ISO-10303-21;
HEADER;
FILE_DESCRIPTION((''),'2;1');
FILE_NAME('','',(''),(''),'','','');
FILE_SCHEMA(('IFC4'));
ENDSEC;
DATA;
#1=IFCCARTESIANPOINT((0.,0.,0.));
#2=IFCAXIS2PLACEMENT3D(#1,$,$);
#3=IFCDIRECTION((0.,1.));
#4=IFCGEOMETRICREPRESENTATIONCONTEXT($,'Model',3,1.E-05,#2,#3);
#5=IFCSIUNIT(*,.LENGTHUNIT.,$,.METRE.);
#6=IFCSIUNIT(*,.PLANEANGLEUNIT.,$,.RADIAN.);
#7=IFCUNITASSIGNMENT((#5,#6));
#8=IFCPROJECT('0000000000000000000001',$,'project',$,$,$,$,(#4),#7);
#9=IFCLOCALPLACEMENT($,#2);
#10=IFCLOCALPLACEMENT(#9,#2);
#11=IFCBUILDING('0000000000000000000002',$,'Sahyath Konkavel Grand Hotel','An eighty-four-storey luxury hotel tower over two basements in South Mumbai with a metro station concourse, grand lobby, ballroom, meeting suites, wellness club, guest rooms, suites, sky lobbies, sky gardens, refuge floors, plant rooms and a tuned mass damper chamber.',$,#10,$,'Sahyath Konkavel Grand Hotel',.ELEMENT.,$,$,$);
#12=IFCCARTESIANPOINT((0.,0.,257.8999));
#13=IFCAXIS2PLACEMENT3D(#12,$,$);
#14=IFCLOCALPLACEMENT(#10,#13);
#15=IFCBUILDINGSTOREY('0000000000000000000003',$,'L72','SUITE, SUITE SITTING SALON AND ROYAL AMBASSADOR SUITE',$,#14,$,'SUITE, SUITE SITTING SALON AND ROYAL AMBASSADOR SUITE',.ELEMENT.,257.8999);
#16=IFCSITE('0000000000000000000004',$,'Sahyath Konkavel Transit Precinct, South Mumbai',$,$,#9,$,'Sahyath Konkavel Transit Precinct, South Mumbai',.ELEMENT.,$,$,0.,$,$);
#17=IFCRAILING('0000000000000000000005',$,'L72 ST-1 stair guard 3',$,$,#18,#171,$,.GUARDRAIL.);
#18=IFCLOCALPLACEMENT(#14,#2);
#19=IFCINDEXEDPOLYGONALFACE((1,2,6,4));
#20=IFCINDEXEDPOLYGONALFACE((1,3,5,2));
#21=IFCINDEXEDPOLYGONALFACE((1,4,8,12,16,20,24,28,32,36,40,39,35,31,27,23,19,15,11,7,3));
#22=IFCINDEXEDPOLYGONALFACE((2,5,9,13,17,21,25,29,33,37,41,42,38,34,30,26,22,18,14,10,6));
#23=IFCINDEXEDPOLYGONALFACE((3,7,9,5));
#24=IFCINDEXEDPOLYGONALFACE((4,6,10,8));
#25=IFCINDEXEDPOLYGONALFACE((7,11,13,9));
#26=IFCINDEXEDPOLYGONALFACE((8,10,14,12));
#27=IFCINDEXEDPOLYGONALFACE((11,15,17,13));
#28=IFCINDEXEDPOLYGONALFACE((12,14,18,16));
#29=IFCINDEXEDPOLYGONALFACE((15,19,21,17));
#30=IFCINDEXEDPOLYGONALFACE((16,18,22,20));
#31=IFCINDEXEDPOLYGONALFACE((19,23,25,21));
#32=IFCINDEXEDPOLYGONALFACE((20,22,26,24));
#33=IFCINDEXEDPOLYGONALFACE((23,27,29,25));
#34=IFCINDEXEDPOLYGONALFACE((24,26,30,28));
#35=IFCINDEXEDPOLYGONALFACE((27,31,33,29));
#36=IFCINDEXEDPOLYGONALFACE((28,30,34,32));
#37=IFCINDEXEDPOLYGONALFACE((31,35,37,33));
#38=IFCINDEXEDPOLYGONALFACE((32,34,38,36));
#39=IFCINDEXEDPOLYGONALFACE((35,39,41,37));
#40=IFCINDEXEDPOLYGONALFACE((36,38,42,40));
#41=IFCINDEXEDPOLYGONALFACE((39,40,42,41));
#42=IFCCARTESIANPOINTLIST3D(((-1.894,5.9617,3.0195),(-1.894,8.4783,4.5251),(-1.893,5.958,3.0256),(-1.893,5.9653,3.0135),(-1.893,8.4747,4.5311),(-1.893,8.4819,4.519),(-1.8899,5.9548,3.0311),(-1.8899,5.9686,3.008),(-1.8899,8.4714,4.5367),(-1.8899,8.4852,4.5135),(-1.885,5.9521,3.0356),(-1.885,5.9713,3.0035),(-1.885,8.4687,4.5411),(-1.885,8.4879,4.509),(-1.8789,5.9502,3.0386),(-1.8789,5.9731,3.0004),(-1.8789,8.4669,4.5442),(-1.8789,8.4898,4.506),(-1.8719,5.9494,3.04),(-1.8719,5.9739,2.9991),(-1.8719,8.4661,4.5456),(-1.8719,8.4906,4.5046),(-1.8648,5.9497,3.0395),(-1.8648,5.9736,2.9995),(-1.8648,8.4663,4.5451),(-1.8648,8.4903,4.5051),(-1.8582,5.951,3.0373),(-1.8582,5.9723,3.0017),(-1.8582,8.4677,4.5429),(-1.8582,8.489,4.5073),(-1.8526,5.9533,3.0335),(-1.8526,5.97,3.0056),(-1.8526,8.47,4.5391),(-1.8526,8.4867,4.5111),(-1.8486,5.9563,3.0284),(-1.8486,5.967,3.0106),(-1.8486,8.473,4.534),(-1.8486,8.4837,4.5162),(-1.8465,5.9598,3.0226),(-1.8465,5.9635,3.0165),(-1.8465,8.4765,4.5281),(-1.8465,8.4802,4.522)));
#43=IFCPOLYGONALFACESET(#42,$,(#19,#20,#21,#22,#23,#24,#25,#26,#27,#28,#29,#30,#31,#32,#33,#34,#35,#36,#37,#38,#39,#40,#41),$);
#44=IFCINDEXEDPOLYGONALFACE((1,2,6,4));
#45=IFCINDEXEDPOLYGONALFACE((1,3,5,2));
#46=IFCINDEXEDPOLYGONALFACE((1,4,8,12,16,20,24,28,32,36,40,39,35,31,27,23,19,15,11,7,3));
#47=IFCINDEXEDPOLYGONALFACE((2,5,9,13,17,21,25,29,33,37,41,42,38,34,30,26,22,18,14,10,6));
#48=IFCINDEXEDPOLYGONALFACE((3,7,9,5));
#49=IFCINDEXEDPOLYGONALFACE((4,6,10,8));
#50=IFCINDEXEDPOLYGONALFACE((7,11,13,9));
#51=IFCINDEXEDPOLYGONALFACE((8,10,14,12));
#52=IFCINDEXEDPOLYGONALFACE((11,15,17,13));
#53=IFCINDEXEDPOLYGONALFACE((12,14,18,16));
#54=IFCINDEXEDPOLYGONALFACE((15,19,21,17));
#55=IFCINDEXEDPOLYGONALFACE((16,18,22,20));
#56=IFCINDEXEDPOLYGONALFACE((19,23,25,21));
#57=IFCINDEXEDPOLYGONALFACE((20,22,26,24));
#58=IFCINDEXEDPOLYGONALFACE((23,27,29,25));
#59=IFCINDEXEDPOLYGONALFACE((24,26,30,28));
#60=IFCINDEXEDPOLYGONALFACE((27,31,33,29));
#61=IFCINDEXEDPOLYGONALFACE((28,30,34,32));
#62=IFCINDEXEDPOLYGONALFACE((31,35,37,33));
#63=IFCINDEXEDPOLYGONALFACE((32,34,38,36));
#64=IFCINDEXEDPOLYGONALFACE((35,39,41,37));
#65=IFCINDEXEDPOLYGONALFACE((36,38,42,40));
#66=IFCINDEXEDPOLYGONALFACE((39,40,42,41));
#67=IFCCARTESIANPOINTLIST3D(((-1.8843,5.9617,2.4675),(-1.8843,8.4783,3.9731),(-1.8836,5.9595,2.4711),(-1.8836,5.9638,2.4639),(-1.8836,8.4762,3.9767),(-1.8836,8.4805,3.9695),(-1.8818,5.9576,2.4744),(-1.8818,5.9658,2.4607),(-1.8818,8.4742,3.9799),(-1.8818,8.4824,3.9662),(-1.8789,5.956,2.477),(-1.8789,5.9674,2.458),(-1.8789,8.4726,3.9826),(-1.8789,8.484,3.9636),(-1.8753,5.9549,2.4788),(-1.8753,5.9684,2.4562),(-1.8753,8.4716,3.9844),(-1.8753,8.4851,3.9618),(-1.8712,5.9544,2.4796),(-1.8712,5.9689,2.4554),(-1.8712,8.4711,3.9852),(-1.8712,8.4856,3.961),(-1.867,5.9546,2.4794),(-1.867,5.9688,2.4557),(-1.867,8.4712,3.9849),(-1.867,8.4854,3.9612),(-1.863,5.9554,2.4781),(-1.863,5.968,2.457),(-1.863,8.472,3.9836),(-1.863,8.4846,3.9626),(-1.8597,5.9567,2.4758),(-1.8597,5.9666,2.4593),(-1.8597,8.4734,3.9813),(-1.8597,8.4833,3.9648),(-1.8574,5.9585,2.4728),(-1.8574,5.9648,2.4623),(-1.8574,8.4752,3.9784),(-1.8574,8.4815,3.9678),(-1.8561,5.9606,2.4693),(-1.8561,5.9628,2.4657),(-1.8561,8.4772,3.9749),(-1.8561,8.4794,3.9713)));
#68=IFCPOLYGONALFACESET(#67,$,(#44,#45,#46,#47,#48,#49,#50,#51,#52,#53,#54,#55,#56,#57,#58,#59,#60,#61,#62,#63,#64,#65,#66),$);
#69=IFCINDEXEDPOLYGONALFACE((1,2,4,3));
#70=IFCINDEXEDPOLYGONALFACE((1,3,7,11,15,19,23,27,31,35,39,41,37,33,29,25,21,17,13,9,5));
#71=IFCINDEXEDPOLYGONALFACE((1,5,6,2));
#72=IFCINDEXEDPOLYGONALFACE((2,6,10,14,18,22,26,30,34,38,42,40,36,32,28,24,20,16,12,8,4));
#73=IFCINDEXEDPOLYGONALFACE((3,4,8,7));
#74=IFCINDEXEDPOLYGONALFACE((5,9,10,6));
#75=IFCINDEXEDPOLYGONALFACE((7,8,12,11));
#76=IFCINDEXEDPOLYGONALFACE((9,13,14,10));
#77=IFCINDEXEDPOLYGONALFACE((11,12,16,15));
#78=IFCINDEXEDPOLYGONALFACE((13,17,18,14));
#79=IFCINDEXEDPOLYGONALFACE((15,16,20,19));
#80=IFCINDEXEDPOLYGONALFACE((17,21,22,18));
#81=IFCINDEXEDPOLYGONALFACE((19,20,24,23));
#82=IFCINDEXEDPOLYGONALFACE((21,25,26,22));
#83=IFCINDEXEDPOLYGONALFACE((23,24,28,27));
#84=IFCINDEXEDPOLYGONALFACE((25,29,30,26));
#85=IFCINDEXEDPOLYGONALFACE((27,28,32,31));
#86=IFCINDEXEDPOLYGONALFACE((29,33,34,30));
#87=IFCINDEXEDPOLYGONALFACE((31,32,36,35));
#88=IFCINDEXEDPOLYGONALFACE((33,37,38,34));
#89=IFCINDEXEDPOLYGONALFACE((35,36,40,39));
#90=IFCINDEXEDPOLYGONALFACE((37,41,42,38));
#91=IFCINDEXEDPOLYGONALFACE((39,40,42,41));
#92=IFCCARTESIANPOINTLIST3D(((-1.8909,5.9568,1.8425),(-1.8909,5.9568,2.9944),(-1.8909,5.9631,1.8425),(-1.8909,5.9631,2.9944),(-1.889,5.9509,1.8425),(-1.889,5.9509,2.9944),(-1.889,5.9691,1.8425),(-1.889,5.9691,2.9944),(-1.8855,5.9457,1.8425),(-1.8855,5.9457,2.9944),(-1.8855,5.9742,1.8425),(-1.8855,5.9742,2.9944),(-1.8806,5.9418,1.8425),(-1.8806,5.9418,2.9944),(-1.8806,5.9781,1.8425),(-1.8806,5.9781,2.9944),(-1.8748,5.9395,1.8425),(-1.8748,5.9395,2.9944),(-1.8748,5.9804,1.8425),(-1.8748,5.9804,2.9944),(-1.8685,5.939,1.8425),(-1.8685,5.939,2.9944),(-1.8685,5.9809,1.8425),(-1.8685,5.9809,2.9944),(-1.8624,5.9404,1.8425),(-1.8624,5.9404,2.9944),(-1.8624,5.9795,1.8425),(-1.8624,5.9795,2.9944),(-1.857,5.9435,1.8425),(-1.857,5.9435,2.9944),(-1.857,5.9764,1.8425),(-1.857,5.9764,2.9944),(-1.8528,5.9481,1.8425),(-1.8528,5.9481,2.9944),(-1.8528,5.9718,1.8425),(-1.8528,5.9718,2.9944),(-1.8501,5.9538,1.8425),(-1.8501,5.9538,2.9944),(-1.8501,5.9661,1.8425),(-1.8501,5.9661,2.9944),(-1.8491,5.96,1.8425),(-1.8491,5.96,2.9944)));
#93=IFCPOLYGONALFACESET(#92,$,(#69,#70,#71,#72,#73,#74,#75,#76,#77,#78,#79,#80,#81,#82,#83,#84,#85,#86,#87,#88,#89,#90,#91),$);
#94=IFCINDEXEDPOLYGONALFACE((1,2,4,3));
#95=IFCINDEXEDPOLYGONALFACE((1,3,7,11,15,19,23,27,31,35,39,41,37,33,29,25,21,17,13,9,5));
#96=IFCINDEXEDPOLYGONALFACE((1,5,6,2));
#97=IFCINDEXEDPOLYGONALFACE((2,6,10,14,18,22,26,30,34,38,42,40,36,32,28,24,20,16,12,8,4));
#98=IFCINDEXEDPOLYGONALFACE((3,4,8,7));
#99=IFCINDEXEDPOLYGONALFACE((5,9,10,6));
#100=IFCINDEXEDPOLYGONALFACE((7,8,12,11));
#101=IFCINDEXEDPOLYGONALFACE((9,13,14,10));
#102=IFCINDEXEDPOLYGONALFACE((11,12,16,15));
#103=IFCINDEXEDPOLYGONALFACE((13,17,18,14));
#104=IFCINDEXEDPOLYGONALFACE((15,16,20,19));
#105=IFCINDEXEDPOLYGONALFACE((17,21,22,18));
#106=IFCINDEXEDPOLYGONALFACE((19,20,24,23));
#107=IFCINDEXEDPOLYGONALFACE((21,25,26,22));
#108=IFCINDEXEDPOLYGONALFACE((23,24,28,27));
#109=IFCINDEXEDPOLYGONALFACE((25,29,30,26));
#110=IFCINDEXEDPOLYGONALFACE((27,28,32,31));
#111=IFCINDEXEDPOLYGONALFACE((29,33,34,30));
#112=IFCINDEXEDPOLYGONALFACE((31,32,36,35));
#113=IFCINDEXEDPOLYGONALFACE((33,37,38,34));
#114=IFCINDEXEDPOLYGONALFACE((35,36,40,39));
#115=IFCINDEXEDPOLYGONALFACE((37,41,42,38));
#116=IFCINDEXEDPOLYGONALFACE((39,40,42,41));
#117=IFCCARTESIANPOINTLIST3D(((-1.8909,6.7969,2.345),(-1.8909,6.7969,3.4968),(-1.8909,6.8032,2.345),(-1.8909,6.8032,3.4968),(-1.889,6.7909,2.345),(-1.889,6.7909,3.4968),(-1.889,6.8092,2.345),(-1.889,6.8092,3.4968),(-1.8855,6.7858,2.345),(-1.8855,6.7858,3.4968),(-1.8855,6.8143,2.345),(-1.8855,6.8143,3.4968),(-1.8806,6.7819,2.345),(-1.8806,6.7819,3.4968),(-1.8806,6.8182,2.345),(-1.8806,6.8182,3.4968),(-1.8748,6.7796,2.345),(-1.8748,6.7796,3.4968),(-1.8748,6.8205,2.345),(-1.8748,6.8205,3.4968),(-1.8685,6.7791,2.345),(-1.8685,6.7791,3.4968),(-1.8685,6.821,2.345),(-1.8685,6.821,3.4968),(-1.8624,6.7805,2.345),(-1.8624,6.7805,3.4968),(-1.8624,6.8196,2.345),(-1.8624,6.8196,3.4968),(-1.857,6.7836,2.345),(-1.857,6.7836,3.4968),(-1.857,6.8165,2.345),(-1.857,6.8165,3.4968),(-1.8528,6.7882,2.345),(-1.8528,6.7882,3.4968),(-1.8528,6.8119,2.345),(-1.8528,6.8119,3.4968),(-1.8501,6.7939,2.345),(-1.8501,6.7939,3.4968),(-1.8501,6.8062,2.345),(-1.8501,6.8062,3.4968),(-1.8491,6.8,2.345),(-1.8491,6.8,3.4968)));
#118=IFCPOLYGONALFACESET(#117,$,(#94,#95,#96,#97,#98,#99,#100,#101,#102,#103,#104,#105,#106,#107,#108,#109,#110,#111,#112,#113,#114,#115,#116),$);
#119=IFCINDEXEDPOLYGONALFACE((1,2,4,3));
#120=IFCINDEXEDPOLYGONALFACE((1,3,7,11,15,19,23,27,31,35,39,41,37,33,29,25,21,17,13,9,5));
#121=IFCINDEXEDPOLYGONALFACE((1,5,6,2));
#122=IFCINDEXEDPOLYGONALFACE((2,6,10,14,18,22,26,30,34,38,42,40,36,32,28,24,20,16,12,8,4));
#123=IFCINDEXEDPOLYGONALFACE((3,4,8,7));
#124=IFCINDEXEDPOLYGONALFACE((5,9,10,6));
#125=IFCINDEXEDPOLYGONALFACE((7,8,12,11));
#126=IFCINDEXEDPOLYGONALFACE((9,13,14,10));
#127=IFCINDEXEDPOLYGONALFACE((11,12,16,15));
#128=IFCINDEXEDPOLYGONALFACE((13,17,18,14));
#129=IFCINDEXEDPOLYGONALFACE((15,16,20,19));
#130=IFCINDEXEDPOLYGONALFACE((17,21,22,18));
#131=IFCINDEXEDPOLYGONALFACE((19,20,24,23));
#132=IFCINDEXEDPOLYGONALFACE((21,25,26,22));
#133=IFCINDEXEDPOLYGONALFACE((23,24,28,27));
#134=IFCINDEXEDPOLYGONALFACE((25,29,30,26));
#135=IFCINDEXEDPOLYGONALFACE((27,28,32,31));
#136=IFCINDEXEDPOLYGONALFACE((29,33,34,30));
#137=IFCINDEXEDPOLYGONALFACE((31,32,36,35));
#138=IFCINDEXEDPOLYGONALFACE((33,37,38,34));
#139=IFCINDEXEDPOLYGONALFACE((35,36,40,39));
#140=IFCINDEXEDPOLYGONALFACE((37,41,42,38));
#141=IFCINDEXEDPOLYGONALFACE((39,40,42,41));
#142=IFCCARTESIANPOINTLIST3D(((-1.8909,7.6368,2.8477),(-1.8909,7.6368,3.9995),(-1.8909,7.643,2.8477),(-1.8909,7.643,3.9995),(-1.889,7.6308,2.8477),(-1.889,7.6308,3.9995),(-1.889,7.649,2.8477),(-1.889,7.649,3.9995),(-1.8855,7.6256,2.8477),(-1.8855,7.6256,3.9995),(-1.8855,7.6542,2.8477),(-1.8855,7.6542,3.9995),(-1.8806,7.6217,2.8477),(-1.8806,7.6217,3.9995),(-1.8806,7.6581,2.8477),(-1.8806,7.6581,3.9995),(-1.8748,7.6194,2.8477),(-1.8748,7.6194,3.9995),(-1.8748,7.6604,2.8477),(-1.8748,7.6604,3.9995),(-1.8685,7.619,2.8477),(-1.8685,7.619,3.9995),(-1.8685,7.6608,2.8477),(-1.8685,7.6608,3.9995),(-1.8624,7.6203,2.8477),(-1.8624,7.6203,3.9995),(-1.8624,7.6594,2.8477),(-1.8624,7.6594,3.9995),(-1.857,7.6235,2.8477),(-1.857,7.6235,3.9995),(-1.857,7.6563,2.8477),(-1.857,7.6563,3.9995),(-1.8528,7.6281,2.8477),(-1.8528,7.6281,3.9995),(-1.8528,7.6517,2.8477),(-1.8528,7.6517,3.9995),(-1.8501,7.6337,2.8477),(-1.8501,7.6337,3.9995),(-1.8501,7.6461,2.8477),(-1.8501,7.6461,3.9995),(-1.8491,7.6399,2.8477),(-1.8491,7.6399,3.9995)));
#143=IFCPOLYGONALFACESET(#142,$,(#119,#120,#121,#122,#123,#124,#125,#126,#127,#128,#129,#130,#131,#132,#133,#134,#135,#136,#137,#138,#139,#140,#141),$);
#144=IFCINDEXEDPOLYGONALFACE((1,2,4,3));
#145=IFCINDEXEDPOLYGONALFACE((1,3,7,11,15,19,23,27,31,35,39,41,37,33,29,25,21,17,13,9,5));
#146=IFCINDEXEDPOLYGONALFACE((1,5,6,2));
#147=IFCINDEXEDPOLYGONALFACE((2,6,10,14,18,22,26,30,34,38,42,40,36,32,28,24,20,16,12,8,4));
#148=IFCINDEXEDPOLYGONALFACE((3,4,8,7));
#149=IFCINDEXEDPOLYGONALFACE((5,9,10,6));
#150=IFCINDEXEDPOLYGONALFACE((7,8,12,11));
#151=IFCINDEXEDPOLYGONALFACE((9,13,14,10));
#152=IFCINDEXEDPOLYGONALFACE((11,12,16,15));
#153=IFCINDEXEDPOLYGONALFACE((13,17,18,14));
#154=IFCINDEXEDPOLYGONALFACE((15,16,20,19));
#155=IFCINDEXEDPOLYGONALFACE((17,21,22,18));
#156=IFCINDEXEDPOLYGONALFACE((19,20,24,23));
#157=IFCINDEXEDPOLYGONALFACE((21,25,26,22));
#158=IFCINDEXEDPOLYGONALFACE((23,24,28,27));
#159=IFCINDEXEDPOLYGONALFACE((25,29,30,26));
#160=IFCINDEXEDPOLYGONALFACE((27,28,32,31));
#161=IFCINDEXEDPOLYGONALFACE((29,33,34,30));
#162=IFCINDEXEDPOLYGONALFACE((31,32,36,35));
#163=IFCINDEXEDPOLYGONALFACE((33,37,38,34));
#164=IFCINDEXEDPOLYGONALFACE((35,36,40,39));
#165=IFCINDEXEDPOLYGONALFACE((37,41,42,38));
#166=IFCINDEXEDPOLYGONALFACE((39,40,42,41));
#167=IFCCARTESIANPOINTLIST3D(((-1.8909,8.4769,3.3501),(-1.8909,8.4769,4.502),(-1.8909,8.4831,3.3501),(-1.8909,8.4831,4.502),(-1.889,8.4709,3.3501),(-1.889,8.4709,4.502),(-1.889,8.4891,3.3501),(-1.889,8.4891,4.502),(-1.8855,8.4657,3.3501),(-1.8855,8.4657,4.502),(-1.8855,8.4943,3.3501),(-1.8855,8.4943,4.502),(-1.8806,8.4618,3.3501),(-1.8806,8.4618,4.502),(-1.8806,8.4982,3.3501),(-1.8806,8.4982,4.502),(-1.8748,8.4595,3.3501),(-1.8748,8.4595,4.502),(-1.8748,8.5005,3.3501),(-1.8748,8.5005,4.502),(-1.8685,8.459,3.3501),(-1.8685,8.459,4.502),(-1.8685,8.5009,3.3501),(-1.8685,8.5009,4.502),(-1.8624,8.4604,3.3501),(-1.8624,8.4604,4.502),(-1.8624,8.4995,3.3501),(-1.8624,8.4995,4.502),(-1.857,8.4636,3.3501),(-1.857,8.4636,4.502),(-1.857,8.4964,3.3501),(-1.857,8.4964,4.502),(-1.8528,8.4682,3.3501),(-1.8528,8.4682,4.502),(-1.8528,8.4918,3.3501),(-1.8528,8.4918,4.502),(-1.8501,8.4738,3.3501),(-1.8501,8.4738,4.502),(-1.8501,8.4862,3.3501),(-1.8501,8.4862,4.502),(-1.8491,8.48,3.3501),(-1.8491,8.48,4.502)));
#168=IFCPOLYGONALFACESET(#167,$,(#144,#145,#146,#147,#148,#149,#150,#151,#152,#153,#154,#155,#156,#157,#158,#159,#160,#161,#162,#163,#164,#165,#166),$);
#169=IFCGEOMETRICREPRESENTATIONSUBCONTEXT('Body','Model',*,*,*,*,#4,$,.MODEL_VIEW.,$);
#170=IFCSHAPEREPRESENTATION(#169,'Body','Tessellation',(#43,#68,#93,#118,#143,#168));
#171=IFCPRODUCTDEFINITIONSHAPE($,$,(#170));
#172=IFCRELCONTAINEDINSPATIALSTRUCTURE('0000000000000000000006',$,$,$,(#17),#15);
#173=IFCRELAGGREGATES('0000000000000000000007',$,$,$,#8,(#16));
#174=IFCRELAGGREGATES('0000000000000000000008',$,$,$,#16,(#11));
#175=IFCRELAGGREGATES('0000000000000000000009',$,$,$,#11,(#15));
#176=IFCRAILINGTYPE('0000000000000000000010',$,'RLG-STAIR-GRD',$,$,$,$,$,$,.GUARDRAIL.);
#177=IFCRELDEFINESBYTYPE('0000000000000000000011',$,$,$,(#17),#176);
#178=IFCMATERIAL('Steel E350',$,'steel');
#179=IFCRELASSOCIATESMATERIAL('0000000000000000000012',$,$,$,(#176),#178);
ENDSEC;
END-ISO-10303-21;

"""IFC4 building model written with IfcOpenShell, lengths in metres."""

from ifc_helpers import new_model, si_unit, direction, frame, origin, origin_2d, place, context, subcontext, project, spatial, circle, extrude, material, type_object, element, save


model = new_model("IFC4")

# Units and contexts
model_context = context("Model", 3, precision=1e-05, world=origin(), true_north=direction((0.0, 1.0)))
body_context = subcontext(model_context, "Body", "Model", "MODEL_VIEW")
ifc_project = project(units=[si_unit("LENGTHUNIT", "METRE"), si_unit("PLANEANGLEUNIT", "RADIAN")], contexts=[model_context])

# Site, building, storey
site_placement = place(None, origin())
site = spatial("IfcSite", under=ifc_project, at=site_placement, Name="Sahyath Konkavel Transit Precinct, South Mumbai", LongName="Sahyath Konkavel Transit Precinct, South Mumbai", CompositionType="ELEMENT", RefElevation=0.0)
building_placement = place(site_placement, origin())
building = spatial("IfcBuilding", under=site, at=building_placement, Name="Sahyath Konkavel Grand Hotel", Description="An eighty-four-storey luxury hotel tower over two basements in South Mumbai with a metro station concourse, grand lobby, ballroom, meeting suites, wellness club, guest rooms, suites, sky lobbies, sky gardens, refuge floors, plant rooms and a tuned mass damper chamber.", LongName="Sahyath Konkavel Grand Hotel", CompositionType="ELEMENT")
storey_placement = place(building_placement, frame((0.0, 0.0, 257.8999)))
storey = spatial("IfcBuildingStorey", under=building, at=storey_placement, Name="L72", Description="SUITE, SUITE SITTING SALON AND ROYAL AMBASSADOR SUITE", LongName="SUITE, SUITE SITTING SALON AND ROYAL AMBASSADOR SUITE", CompositionType="ELEMENT", Elevation=257.8999)

# Shared definitions
ifc_material_1 = material(Name="Steel E350", Category="steel")

# Railing
railing_type_1 = type_object("IfcRailingType", Name="RLG-STAIR-GRD", PredefinedType="GUARDRAIL", material=ifc_material_1)
railing_1_placement = place(storey_placement, frame((-1.8701, 5.96, 1.8425)))
element("IfcRailing", 1, at=railing_1_placement, inside=storey, type_object=railing_type_1, Name="L72 ST-1 stair guard 3", PredefinedType="GUARDRAIL", context=body_context, shape_type="SweptSolid", body=[
    extrude(circle(Radius=0.0239, at=origin_2d()), frame((0.0, 0.0017, 1.177), z_axis=(0.0, 0.85816, 0.513383), x_axis=(-1.0, 0.0, 0.0)), (0.0, 0.0, 1.0), 2.9326),
    extrude(circle(Radius=0.0142, at=origin_2d()), frame((0.0, 0.0017, 0.625), z_axis=(0.0, 0.85816, 0.513383), x_axis=(-1.0, 0.0, 0.0)), (0.0, 0.0, 1.0), 2.9326),
    extrude(circle(Radius=0.021, at=origin_2d()), origin(), (0.0, 0.0, 1.0), 1.1519),
    extrude(circle(Radius=0.021, at=origin_2d()), frame((0.0, 0.8401, 0.5024)), (0.0, 0.0, 1.0), 1.1519),
    extrude(circle(Radius=0.021, at=origin_2d()), frame((0.0, 1.6799, 1.0051)), (0.0, 0.0, 1.0), 1.1519),
    extrude(circle(Radius=0.021, at=origin_2d()), frame((0.0, 2.52, 1.5076)), (0.0, 0.0, 1.0), 1.1519),
])

save(model, "model.ifc")
